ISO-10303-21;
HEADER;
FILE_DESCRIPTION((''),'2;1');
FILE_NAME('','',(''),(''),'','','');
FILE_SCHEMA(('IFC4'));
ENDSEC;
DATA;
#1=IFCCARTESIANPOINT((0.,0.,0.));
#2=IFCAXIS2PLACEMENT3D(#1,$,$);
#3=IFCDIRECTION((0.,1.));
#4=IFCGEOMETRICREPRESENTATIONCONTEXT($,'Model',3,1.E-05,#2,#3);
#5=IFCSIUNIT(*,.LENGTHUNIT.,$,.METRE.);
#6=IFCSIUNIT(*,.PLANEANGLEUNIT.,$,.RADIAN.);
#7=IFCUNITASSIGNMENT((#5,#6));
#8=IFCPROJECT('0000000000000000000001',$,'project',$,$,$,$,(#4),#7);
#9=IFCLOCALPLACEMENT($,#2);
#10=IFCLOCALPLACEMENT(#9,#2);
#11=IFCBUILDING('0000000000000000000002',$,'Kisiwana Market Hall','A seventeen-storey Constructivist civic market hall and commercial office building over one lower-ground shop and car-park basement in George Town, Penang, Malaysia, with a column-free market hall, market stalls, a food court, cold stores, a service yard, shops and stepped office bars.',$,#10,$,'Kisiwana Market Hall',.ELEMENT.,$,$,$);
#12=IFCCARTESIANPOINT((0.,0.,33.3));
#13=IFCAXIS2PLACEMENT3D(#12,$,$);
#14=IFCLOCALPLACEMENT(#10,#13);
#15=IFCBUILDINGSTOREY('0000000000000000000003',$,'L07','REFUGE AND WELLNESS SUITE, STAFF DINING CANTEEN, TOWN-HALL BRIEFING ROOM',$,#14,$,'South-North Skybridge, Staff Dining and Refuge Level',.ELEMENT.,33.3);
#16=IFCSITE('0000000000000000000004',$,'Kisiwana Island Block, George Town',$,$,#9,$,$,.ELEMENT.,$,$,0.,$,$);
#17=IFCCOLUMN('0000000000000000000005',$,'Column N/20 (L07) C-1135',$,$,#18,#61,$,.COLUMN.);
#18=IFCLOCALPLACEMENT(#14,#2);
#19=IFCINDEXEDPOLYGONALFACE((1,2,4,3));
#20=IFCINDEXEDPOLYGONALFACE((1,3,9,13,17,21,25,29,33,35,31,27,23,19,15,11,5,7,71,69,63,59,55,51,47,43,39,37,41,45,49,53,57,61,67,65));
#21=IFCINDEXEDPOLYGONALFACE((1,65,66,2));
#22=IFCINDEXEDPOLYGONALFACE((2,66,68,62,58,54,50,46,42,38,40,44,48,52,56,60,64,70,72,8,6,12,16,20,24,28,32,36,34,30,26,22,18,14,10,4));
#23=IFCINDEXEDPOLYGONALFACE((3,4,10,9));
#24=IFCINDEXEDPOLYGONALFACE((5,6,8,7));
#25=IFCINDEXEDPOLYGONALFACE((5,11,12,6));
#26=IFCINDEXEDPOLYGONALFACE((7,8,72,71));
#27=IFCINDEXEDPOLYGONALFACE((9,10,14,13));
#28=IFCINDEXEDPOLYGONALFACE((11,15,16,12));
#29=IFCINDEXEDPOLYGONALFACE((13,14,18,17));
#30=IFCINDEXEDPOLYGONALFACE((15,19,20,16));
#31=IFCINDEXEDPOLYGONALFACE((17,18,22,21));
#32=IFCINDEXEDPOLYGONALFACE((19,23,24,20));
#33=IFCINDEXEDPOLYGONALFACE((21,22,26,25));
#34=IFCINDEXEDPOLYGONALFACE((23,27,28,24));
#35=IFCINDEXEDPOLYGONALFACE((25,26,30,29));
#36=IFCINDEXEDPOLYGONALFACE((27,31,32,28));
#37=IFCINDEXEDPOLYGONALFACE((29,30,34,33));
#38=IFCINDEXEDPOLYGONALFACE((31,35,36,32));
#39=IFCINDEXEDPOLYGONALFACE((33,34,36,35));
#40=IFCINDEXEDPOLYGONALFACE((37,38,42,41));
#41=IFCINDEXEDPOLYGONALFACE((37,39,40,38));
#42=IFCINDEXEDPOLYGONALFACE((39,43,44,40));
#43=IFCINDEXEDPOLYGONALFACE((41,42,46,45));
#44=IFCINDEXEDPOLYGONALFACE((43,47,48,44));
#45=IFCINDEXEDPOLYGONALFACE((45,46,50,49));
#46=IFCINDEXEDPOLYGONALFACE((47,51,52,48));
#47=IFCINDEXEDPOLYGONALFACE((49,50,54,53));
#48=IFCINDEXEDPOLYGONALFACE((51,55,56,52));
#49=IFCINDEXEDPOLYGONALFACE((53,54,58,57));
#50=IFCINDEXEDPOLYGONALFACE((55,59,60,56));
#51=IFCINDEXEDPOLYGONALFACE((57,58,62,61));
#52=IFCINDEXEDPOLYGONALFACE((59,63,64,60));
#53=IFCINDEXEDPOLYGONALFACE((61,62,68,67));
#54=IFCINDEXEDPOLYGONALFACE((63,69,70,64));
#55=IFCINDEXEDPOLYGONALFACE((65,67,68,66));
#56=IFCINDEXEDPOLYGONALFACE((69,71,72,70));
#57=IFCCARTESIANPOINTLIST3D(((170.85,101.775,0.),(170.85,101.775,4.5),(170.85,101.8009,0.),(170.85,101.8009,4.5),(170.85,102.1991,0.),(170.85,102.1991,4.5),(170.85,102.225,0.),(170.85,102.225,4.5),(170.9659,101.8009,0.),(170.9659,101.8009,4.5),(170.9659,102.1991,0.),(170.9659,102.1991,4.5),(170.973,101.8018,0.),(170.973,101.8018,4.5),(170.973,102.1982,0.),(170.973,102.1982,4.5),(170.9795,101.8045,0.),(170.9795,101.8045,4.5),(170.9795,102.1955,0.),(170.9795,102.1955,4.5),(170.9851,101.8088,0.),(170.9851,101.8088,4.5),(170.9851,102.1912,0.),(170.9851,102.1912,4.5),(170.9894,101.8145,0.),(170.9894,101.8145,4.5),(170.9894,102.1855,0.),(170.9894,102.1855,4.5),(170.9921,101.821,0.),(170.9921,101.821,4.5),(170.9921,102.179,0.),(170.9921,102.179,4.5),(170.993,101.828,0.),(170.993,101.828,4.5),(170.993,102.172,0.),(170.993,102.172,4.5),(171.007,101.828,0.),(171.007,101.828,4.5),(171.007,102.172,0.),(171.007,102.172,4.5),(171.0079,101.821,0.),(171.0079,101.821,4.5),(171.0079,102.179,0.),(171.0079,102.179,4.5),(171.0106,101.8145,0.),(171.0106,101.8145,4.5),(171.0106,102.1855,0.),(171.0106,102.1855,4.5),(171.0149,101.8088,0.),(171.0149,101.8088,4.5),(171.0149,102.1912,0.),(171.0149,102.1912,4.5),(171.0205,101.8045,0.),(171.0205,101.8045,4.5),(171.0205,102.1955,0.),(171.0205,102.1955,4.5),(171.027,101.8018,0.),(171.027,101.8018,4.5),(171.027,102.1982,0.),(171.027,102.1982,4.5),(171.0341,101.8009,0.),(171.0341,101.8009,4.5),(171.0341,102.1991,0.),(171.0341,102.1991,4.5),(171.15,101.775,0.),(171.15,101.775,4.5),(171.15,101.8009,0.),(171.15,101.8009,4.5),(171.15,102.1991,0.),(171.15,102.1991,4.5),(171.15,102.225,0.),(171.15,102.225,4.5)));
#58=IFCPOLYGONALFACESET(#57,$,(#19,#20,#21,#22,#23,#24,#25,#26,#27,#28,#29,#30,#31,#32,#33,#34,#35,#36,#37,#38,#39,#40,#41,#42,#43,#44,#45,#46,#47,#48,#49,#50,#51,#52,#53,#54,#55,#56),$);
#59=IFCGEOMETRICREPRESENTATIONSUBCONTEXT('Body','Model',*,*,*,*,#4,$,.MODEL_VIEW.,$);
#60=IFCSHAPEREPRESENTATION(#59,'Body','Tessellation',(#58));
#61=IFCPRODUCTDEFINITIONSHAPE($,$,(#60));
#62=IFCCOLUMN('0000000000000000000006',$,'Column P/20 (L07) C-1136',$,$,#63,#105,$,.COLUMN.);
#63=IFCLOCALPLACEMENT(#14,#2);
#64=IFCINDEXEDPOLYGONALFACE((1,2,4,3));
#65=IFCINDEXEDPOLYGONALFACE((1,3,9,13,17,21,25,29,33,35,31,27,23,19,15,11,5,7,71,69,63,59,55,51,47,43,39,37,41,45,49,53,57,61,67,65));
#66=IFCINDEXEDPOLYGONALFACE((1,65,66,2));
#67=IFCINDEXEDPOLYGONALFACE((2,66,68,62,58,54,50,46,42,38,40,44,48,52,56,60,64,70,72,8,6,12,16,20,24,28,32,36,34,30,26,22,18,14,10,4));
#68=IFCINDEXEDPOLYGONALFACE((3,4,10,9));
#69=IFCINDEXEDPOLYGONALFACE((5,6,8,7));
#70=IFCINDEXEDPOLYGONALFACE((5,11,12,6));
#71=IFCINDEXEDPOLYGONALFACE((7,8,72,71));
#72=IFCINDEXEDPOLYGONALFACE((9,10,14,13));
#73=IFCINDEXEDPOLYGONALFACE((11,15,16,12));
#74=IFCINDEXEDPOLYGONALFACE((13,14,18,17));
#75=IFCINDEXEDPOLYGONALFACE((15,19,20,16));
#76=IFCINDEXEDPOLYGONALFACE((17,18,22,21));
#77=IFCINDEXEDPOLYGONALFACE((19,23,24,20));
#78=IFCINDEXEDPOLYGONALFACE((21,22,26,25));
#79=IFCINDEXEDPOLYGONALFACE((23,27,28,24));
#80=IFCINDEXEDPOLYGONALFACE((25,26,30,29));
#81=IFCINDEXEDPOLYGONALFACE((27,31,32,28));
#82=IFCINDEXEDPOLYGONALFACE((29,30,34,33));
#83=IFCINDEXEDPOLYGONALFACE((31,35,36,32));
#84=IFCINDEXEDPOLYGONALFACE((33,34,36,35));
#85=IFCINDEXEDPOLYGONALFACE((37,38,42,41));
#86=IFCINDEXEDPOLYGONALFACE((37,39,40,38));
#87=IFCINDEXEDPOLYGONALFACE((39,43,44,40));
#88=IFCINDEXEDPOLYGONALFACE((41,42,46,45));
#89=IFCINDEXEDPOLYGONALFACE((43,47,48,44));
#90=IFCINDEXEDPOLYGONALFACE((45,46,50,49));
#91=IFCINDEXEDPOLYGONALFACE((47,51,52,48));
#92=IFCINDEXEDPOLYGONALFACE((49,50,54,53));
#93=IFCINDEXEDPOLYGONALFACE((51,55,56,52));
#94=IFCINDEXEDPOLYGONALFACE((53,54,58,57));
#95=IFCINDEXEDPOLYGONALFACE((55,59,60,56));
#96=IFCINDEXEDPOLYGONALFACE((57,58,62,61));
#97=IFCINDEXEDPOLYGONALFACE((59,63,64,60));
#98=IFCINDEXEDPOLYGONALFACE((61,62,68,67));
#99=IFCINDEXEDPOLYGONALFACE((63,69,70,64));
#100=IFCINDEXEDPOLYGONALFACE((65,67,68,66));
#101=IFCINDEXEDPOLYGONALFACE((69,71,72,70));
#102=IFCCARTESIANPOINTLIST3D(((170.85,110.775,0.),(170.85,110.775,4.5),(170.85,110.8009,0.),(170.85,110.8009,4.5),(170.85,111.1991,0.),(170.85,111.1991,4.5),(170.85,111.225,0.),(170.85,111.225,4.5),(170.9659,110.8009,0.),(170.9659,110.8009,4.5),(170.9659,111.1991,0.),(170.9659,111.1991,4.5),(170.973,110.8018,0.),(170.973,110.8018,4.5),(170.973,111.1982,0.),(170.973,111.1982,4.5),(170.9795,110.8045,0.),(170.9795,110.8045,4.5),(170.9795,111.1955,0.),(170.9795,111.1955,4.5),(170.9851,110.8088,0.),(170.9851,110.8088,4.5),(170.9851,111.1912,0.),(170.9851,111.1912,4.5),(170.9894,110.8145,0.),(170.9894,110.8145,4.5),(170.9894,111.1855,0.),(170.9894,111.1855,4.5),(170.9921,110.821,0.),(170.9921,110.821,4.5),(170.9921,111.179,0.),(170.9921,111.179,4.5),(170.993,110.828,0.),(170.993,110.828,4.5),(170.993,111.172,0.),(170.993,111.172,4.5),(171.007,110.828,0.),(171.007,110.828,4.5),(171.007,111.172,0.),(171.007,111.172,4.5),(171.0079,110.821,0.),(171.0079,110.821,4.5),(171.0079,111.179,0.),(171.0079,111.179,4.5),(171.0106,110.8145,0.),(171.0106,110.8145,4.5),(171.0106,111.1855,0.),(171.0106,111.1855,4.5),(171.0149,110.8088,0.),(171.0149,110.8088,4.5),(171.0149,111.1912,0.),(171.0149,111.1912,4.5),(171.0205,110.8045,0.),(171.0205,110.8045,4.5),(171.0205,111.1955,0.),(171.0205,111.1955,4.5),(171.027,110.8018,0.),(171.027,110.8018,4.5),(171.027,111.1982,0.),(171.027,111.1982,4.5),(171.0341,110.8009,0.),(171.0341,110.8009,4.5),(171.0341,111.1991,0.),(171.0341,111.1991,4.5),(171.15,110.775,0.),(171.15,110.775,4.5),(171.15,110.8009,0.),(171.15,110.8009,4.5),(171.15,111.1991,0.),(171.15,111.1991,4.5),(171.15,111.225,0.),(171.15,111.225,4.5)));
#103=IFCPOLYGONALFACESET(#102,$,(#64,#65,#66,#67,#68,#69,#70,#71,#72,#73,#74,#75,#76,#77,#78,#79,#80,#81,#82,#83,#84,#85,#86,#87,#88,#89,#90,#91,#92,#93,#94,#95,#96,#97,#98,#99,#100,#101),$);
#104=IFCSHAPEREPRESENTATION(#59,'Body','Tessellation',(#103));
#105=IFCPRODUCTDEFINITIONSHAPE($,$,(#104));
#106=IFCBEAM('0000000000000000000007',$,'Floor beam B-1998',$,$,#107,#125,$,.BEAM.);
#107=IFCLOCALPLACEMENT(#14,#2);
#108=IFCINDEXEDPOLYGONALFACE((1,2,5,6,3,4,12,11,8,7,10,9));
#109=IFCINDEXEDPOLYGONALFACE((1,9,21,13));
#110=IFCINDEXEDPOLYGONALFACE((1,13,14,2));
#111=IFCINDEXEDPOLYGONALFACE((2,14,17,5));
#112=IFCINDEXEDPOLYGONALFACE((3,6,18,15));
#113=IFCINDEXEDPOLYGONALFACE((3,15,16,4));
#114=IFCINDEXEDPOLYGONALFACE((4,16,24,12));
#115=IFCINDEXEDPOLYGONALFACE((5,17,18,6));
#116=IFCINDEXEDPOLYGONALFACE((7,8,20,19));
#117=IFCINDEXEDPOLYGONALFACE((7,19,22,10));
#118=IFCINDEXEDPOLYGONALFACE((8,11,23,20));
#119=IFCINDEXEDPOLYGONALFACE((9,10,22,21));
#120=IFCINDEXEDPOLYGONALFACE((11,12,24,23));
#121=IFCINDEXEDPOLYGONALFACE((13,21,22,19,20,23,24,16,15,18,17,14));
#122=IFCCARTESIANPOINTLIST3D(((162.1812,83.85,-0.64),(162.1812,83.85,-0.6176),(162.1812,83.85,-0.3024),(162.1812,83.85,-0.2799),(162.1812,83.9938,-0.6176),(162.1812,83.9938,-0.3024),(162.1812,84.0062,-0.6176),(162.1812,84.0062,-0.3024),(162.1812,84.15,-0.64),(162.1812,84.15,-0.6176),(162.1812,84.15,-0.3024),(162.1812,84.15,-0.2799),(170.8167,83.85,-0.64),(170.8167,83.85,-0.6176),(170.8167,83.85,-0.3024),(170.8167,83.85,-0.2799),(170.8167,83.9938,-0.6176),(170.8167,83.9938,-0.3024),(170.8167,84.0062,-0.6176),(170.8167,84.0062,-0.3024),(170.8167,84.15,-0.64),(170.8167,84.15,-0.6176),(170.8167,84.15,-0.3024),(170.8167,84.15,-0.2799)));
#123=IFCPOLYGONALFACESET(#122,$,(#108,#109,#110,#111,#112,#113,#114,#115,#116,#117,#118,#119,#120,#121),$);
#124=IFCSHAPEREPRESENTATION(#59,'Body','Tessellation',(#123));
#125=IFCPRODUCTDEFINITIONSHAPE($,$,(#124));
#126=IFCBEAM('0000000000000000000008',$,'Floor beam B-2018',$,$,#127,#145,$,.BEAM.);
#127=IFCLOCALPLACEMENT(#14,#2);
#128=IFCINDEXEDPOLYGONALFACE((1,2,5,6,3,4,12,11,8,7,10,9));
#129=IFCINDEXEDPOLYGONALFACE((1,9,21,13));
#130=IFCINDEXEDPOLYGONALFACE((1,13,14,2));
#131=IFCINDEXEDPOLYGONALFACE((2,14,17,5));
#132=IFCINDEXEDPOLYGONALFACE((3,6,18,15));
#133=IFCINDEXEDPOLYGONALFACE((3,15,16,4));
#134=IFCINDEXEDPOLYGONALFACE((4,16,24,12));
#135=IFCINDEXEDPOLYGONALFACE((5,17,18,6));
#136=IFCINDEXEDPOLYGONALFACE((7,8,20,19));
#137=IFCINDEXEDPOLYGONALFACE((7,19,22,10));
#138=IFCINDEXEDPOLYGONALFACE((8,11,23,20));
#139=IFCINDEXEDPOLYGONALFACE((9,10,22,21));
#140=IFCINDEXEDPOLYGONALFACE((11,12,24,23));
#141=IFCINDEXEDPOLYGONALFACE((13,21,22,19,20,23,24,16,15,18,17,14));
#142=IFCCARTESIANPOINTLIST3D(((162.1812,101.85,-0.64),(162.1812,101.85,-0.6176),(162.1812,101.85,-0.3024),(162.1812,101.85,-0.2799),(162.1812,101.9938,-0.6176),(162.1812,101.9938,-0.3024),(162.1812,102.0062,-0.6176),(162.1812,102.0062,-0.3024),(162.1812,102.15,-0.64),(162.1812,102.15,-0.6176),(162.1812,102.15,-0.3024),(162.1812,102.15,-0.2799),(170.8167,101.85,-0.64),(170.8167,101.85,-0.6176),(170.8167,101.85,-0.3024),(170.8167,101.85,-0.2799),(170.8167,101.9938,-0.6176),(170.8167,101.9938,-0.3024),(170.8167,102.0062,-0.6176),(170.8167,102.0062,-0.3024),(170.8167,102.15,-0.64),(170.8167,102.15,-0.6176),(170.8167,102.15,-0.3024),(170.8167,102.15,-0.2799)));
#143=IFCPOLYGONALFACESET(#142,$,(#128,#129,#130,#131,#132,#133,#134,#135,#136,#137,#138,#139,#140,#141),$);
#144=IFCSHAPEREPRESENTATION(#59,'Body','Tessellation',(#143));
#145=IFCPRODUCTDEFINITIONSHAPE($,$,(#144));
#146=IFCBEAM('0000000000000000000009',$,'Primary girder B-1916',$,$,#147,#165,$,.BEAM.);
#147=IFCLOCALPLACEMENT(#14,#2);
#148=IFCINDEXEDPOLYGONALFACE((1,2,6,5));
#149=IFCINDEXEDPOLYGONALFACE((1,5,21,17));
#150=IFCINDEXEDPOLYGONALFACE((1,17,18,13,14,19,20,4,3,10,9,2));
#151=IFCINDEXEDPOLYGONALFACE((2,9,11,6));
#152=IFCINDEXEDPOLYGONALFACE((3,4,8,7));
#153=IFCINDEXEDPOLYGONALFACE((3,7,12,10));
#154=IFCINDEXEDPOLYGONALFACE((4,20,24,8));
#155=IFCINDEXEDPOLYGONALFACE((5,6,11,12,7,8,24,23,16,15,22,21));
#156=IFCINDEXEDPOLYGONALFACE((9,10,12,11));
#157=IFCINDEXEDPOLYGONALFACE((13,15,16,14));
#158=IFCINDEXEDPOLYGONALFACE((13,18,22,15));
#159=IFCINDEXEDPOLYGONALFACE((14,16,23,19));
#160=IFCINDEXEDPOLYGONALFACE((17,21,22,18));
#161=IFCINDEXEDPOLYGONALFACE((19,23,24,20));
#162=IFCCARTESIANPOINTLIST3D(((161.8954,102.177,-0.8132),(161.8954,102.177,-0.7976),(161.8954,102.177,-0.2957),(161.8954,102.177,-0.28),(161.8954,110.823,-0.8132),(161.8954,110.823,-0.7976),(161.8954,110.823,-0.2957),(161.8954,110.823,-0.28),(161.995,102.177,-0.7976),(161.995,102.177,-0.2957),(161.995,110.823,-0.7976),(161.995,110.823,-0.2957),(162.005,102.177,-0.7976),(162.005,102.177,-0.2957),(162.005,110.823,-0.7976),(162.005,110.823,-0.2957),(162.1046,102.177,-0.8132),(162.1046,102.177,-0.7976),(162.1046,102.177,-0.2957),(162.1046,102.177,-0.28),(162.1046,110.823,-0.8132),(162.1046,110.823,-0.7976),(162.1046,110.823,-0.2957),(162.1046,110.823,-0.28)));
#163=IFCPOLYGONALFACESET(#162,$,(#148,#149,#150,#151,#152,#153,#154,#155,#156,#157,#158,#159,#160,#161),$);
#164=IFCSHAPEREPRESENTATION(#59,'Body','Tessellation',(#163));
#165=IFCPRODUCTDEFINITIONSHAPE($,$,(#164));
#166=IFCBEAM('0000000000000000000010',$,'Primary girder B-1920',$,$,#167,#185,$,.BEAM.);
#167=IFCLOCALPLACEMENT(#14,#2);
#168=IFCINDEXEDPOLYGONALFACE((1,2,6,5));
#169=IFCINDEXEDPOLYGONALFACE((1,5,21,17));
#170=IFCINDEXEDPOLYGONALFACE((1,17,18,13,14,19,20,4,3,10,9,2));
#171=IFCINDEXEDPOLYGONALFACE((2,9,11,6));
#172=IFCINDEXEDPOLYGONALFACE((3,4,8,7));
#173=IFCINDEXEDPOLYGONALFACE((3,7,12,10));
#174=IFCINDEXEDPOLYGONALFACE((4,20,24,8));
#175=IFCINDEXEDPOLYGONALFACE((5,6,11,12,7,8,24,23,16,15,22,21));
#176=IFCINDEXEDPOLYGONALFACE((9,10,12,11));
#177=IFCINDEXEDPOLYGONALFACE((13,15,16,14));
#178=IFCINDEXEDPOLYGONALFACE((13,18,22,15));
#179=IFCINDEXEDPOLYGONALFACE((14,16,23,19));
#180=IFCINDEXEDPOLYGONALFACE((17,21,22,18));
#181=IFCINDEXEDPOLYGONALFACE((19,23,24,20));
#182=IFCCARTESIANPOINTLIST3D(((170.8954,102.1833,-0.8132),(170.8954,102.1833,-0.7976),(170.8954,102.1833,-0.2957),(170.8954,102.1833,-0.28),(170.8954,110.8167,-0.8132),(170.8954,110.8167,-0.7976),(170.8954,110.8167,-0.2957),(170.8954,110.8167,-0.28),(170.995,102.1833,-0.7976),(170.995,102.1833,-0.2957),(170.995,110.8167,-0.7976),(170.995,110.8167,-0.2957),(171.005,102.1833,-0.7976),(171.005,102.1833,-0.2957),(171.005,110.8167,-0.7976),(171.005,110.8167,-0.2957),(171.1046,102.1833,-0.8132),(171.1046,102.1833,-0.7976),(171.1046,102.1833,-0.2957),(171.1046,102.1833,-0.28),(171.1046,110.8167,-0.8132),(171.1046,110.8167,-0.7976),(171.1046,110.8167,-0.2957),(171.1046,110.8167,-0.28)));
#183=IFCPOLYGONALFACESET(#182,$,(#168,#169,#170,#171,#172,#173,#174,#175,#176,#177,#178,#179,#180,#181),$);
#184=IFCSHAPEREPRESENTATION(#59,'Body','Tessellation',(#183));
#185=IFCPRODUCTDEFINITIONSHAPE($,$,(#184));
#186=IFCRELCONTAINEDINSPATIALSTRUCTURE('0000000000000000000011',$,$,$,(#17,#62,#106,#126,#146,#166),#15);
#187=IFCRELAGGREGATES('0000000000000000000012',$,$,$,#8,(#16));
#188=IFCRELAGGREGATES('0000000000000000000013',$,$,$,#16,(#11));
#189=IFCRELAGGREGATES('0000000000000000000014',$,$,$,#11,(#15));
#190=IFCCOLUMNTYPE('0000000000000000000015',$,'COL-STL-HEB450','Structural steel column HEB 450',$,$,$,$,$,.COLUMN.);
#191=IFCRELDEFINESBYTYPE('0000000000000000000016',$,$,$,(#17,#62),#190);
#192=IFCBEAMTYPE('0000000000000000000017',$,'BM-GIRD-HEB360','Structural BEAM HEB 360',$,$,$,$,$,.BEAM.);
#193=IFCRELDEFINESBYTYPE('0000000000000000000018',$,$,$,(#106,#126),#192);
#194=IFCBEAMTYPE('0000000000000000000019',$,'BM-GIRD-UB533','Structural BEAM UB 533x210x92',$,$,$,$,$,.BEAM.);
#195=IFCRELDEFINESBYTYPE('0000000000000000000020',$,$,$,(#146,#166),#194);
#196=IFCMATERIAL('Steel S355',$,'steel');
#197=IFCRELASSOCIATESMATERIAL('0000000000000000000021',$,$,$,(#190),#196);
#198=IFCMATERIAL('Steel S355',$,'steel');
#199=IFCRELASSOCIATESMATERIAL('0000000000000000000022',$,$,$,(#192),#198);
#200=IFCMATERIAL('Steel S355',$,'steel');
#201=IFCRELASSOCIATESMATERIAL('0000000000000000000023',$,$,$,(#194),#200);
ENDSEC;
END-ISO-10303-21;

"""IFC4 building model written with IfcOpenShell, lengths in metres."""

from ifc_helpers import new_model, si_unit, direction, frame, origin, origin_2d, place, context, subcontext, project, spatial, i_section, extrude, material, material_profile, profile_set, type_object, element, save


model = new_model("IFC4")

# Units and contexts
model_context = context("Model", 3, precision=1e-05, world=origin(), true_north=direction((0.0, 1.0)))
body_context = subcontext(model_context, "Body", "Model", "MODEL_VIEW")
ifc_project = project(units=[si_unit("LENGTHUNIT", "METRE"), si_unit("PLANEANGLEUNIT", "RADIAN")], contexts=[model_context])

# Site, building, storey
site_placement = place(None, origin())
site = spatial("IfcSite", under=ifc_project, at=site_placement, Name="Kisiwana Island Block, George Town", CompositionType="ELEMENT", RefElevation=0.0)
building_placement = place(site_placement, origin())
building = spatial("IfcBuilding", under=site, at=building_placement, Name="Kisiwana Market Hall", Description="A seventeen-storey Constructivist civic market hall and commercial office building over one lower-ground shop and car-park basement in George Town, Penang, Malaysia, with a column-free market hall, market stalls, a food court, cold stores, a service yard, shops and stepped office bars.", LongName="Kisiwana Market Hall", CompositionType="ELEMENT")
storey_placement = place(building_placement, frame((0.0, 0.0, 33.3)))
storey = spatial("IfcBuildingStorey", under=building, at=storey_placement, Name="L07", Description="REFUGE AND WELLNESS SUITE, STAFF DINING CANTEEN, TOWN-HALL BRIEFING ROOM", LongName="South-North Skybridge, Staff Dining and Refuge Level", CompositionType="ELEMENT", Elevation=33.3)

# Columns
ifc_material_1 = material(Name="Steel S355", Category="steel")
ifc_material_profile_1 = material_profile(ifc_material_1, i_section(OverallWidth=0.3, OverallDepth=0.45, WebThickness=0.0139, FlangeThickness=0.0259, FilletRadius=0.0271, at=origin_2d()), Name="HEB 450")
ifc_profile_set_1 = profile_set([ifc_material_profile_1], Name="Steel S355")
column_type_1 = type_object("IfcColumnType", Name="COL-STL-HEB450", Description="Structural steel column HEB 450", PredefinedType="COLUMN", material=ifc_profile_set_1)
for number, where, z_axis, x_axis, name in (
    (1, (171.0, 102.0, 0.0), (0.0, 0.0, 1.0), (1.0, 0.0, 0.0), "Column N/20 (L07) C-1135"),
    (2, (171.0, 111.0, 0.0), (0.0, 0.0, 1.0), (1.0, 0.0, 0.0), "Column P/20 (L07) C-1136"),
):
    element("IfcColumn", number, at=place(storey_placement, frame(where, z_axis=z_axis, x_axis=x_axis)), inside=storey, type_object=column_type_1, Name=name, PredefinedType="COLUMN", context=body_context, shape_type="SweptSolid", body=[
        extrude(i_section(OverallWidth=0.3, OverallDepth=0.45, WebThickness=0.0139, FlangeThickness=0.0259, FilletRadius=0.0271, at=origin_2d()), origin(), (0.0, 0.0, 1.0), 4.5),
    ])

# Beams
ifc_material_2 = material(Name="Steel S355", Category="steel")
ifc_material_profile_2 = material_profile(ifc_material_2, i_section(OverallWidth=0.3, OverallDepth=0.3601, WebThickness=0.0125, FlangeThickness=0.0225, at=origin_2d()), Name="HEB 360")
ifc_profile_set_2 = profile_set([ifc_material_profile_2], Name="Steel S355")
beam_type_1 = type_object("IfcBeamType", Name="BM-GIRD-HEB360", Description="Structural BEAM HEB 360", PredefinedType="BEAM", material=ifc_profile_set_2)
for number, where, z_axis, x_axis, name in (
    (3, (162.1812, 84.0, -0.46), (1.0, 0.0, 0.0), (0.0, 1.0, 0.0), "Floor beam B-1998"),
    (4, (162.1812, 102.0, -0.46), (1.0, 0.0, 0.0), (0.0, 1.0, 0.0), "Floor beam B-2018"),
):
    element("IfcBeam", number, at=place(storey_placement, frame(where, z_axis=z_axis, x_axis=x_axis)), inside=storey, type_object=beam_type_1, Name=name, PredefinedType="BEAM", context=body_context, shape_type="SweptSolid", body=[
        extrude(i_section(OverallWidth=0.3, OverallDepth=0.3601, WebThickness=0.0125, FlangeThickness=0.0225, at=origin_2d()), origin(), (0.0, 0.0, 1.0), 8.6355),
    ])
ifc_material_3 = material(Name="Steel S355", Category="steel")
ifc_material_profile_3 = material_profile(ifc_material_3, i_section(OverallWidth=0.2092, OverallDepth=0.5332, WebThickness=0.01, FlangeThickness=0.0156, at=origin_2d()), Name="UB 533x210x92")
ifc_profile_set_3 = profile_set([ifc_material_profile_3], Name="Steel S355")
beam_type_2 = type_object("IfcBeamType", Name="BM-GIRD-UB533", Description="Structural BEAM UB 533x210x92", PredefinedType="BEAM", material=ifc_profile_set_3)
beam_1_placement = place(storey_placement, frame((162.0, 102.177, -0.5466), z_axis=(0.0, 1.0, 0.0), x_axis=(-1.0, 0.0, 0.0)))
element("IfcBeam", 5, at=beam_1_placement, inside=storey, type_object=beam_type_2, Name="Primary girder B-1916", PredefinedType="BEAM", context=body_context, shape_type="SweptSolid", body=[
    extrude(i_section(OverallWidth=0.2092, OverallDepth=0.5332, WebThickness=0.01, FlangeThickness=0.0156, at=origin_2d()), origin(), (0.0, 0.0, 1.0), 8.646),
])
beam_2_placement = place(storey_placement, frame((171.0, 102.1833, -0.5466), z_axis=(0.0, 1.0, 0.0), x_axis=(-1.0, 0.0, 0.0)))
element("IfcBeam", 6, at=beam_2_placement, inside=storey, type_object=beam_type_2, Name="Primary girder B-1920", PredefinedType="BEAM", context=body_context, shape_type="SweptSolid", body=[
    extrude(i_section(OverallWidth=0.2092, OverallDepth=0.5332, WebThickness=0.01, FlangeThickness=0.0156, at=origin_2d()), origin(), (0.0, 0.0, 1.0), 8.6333),
])

save(model, "model.ifc")
